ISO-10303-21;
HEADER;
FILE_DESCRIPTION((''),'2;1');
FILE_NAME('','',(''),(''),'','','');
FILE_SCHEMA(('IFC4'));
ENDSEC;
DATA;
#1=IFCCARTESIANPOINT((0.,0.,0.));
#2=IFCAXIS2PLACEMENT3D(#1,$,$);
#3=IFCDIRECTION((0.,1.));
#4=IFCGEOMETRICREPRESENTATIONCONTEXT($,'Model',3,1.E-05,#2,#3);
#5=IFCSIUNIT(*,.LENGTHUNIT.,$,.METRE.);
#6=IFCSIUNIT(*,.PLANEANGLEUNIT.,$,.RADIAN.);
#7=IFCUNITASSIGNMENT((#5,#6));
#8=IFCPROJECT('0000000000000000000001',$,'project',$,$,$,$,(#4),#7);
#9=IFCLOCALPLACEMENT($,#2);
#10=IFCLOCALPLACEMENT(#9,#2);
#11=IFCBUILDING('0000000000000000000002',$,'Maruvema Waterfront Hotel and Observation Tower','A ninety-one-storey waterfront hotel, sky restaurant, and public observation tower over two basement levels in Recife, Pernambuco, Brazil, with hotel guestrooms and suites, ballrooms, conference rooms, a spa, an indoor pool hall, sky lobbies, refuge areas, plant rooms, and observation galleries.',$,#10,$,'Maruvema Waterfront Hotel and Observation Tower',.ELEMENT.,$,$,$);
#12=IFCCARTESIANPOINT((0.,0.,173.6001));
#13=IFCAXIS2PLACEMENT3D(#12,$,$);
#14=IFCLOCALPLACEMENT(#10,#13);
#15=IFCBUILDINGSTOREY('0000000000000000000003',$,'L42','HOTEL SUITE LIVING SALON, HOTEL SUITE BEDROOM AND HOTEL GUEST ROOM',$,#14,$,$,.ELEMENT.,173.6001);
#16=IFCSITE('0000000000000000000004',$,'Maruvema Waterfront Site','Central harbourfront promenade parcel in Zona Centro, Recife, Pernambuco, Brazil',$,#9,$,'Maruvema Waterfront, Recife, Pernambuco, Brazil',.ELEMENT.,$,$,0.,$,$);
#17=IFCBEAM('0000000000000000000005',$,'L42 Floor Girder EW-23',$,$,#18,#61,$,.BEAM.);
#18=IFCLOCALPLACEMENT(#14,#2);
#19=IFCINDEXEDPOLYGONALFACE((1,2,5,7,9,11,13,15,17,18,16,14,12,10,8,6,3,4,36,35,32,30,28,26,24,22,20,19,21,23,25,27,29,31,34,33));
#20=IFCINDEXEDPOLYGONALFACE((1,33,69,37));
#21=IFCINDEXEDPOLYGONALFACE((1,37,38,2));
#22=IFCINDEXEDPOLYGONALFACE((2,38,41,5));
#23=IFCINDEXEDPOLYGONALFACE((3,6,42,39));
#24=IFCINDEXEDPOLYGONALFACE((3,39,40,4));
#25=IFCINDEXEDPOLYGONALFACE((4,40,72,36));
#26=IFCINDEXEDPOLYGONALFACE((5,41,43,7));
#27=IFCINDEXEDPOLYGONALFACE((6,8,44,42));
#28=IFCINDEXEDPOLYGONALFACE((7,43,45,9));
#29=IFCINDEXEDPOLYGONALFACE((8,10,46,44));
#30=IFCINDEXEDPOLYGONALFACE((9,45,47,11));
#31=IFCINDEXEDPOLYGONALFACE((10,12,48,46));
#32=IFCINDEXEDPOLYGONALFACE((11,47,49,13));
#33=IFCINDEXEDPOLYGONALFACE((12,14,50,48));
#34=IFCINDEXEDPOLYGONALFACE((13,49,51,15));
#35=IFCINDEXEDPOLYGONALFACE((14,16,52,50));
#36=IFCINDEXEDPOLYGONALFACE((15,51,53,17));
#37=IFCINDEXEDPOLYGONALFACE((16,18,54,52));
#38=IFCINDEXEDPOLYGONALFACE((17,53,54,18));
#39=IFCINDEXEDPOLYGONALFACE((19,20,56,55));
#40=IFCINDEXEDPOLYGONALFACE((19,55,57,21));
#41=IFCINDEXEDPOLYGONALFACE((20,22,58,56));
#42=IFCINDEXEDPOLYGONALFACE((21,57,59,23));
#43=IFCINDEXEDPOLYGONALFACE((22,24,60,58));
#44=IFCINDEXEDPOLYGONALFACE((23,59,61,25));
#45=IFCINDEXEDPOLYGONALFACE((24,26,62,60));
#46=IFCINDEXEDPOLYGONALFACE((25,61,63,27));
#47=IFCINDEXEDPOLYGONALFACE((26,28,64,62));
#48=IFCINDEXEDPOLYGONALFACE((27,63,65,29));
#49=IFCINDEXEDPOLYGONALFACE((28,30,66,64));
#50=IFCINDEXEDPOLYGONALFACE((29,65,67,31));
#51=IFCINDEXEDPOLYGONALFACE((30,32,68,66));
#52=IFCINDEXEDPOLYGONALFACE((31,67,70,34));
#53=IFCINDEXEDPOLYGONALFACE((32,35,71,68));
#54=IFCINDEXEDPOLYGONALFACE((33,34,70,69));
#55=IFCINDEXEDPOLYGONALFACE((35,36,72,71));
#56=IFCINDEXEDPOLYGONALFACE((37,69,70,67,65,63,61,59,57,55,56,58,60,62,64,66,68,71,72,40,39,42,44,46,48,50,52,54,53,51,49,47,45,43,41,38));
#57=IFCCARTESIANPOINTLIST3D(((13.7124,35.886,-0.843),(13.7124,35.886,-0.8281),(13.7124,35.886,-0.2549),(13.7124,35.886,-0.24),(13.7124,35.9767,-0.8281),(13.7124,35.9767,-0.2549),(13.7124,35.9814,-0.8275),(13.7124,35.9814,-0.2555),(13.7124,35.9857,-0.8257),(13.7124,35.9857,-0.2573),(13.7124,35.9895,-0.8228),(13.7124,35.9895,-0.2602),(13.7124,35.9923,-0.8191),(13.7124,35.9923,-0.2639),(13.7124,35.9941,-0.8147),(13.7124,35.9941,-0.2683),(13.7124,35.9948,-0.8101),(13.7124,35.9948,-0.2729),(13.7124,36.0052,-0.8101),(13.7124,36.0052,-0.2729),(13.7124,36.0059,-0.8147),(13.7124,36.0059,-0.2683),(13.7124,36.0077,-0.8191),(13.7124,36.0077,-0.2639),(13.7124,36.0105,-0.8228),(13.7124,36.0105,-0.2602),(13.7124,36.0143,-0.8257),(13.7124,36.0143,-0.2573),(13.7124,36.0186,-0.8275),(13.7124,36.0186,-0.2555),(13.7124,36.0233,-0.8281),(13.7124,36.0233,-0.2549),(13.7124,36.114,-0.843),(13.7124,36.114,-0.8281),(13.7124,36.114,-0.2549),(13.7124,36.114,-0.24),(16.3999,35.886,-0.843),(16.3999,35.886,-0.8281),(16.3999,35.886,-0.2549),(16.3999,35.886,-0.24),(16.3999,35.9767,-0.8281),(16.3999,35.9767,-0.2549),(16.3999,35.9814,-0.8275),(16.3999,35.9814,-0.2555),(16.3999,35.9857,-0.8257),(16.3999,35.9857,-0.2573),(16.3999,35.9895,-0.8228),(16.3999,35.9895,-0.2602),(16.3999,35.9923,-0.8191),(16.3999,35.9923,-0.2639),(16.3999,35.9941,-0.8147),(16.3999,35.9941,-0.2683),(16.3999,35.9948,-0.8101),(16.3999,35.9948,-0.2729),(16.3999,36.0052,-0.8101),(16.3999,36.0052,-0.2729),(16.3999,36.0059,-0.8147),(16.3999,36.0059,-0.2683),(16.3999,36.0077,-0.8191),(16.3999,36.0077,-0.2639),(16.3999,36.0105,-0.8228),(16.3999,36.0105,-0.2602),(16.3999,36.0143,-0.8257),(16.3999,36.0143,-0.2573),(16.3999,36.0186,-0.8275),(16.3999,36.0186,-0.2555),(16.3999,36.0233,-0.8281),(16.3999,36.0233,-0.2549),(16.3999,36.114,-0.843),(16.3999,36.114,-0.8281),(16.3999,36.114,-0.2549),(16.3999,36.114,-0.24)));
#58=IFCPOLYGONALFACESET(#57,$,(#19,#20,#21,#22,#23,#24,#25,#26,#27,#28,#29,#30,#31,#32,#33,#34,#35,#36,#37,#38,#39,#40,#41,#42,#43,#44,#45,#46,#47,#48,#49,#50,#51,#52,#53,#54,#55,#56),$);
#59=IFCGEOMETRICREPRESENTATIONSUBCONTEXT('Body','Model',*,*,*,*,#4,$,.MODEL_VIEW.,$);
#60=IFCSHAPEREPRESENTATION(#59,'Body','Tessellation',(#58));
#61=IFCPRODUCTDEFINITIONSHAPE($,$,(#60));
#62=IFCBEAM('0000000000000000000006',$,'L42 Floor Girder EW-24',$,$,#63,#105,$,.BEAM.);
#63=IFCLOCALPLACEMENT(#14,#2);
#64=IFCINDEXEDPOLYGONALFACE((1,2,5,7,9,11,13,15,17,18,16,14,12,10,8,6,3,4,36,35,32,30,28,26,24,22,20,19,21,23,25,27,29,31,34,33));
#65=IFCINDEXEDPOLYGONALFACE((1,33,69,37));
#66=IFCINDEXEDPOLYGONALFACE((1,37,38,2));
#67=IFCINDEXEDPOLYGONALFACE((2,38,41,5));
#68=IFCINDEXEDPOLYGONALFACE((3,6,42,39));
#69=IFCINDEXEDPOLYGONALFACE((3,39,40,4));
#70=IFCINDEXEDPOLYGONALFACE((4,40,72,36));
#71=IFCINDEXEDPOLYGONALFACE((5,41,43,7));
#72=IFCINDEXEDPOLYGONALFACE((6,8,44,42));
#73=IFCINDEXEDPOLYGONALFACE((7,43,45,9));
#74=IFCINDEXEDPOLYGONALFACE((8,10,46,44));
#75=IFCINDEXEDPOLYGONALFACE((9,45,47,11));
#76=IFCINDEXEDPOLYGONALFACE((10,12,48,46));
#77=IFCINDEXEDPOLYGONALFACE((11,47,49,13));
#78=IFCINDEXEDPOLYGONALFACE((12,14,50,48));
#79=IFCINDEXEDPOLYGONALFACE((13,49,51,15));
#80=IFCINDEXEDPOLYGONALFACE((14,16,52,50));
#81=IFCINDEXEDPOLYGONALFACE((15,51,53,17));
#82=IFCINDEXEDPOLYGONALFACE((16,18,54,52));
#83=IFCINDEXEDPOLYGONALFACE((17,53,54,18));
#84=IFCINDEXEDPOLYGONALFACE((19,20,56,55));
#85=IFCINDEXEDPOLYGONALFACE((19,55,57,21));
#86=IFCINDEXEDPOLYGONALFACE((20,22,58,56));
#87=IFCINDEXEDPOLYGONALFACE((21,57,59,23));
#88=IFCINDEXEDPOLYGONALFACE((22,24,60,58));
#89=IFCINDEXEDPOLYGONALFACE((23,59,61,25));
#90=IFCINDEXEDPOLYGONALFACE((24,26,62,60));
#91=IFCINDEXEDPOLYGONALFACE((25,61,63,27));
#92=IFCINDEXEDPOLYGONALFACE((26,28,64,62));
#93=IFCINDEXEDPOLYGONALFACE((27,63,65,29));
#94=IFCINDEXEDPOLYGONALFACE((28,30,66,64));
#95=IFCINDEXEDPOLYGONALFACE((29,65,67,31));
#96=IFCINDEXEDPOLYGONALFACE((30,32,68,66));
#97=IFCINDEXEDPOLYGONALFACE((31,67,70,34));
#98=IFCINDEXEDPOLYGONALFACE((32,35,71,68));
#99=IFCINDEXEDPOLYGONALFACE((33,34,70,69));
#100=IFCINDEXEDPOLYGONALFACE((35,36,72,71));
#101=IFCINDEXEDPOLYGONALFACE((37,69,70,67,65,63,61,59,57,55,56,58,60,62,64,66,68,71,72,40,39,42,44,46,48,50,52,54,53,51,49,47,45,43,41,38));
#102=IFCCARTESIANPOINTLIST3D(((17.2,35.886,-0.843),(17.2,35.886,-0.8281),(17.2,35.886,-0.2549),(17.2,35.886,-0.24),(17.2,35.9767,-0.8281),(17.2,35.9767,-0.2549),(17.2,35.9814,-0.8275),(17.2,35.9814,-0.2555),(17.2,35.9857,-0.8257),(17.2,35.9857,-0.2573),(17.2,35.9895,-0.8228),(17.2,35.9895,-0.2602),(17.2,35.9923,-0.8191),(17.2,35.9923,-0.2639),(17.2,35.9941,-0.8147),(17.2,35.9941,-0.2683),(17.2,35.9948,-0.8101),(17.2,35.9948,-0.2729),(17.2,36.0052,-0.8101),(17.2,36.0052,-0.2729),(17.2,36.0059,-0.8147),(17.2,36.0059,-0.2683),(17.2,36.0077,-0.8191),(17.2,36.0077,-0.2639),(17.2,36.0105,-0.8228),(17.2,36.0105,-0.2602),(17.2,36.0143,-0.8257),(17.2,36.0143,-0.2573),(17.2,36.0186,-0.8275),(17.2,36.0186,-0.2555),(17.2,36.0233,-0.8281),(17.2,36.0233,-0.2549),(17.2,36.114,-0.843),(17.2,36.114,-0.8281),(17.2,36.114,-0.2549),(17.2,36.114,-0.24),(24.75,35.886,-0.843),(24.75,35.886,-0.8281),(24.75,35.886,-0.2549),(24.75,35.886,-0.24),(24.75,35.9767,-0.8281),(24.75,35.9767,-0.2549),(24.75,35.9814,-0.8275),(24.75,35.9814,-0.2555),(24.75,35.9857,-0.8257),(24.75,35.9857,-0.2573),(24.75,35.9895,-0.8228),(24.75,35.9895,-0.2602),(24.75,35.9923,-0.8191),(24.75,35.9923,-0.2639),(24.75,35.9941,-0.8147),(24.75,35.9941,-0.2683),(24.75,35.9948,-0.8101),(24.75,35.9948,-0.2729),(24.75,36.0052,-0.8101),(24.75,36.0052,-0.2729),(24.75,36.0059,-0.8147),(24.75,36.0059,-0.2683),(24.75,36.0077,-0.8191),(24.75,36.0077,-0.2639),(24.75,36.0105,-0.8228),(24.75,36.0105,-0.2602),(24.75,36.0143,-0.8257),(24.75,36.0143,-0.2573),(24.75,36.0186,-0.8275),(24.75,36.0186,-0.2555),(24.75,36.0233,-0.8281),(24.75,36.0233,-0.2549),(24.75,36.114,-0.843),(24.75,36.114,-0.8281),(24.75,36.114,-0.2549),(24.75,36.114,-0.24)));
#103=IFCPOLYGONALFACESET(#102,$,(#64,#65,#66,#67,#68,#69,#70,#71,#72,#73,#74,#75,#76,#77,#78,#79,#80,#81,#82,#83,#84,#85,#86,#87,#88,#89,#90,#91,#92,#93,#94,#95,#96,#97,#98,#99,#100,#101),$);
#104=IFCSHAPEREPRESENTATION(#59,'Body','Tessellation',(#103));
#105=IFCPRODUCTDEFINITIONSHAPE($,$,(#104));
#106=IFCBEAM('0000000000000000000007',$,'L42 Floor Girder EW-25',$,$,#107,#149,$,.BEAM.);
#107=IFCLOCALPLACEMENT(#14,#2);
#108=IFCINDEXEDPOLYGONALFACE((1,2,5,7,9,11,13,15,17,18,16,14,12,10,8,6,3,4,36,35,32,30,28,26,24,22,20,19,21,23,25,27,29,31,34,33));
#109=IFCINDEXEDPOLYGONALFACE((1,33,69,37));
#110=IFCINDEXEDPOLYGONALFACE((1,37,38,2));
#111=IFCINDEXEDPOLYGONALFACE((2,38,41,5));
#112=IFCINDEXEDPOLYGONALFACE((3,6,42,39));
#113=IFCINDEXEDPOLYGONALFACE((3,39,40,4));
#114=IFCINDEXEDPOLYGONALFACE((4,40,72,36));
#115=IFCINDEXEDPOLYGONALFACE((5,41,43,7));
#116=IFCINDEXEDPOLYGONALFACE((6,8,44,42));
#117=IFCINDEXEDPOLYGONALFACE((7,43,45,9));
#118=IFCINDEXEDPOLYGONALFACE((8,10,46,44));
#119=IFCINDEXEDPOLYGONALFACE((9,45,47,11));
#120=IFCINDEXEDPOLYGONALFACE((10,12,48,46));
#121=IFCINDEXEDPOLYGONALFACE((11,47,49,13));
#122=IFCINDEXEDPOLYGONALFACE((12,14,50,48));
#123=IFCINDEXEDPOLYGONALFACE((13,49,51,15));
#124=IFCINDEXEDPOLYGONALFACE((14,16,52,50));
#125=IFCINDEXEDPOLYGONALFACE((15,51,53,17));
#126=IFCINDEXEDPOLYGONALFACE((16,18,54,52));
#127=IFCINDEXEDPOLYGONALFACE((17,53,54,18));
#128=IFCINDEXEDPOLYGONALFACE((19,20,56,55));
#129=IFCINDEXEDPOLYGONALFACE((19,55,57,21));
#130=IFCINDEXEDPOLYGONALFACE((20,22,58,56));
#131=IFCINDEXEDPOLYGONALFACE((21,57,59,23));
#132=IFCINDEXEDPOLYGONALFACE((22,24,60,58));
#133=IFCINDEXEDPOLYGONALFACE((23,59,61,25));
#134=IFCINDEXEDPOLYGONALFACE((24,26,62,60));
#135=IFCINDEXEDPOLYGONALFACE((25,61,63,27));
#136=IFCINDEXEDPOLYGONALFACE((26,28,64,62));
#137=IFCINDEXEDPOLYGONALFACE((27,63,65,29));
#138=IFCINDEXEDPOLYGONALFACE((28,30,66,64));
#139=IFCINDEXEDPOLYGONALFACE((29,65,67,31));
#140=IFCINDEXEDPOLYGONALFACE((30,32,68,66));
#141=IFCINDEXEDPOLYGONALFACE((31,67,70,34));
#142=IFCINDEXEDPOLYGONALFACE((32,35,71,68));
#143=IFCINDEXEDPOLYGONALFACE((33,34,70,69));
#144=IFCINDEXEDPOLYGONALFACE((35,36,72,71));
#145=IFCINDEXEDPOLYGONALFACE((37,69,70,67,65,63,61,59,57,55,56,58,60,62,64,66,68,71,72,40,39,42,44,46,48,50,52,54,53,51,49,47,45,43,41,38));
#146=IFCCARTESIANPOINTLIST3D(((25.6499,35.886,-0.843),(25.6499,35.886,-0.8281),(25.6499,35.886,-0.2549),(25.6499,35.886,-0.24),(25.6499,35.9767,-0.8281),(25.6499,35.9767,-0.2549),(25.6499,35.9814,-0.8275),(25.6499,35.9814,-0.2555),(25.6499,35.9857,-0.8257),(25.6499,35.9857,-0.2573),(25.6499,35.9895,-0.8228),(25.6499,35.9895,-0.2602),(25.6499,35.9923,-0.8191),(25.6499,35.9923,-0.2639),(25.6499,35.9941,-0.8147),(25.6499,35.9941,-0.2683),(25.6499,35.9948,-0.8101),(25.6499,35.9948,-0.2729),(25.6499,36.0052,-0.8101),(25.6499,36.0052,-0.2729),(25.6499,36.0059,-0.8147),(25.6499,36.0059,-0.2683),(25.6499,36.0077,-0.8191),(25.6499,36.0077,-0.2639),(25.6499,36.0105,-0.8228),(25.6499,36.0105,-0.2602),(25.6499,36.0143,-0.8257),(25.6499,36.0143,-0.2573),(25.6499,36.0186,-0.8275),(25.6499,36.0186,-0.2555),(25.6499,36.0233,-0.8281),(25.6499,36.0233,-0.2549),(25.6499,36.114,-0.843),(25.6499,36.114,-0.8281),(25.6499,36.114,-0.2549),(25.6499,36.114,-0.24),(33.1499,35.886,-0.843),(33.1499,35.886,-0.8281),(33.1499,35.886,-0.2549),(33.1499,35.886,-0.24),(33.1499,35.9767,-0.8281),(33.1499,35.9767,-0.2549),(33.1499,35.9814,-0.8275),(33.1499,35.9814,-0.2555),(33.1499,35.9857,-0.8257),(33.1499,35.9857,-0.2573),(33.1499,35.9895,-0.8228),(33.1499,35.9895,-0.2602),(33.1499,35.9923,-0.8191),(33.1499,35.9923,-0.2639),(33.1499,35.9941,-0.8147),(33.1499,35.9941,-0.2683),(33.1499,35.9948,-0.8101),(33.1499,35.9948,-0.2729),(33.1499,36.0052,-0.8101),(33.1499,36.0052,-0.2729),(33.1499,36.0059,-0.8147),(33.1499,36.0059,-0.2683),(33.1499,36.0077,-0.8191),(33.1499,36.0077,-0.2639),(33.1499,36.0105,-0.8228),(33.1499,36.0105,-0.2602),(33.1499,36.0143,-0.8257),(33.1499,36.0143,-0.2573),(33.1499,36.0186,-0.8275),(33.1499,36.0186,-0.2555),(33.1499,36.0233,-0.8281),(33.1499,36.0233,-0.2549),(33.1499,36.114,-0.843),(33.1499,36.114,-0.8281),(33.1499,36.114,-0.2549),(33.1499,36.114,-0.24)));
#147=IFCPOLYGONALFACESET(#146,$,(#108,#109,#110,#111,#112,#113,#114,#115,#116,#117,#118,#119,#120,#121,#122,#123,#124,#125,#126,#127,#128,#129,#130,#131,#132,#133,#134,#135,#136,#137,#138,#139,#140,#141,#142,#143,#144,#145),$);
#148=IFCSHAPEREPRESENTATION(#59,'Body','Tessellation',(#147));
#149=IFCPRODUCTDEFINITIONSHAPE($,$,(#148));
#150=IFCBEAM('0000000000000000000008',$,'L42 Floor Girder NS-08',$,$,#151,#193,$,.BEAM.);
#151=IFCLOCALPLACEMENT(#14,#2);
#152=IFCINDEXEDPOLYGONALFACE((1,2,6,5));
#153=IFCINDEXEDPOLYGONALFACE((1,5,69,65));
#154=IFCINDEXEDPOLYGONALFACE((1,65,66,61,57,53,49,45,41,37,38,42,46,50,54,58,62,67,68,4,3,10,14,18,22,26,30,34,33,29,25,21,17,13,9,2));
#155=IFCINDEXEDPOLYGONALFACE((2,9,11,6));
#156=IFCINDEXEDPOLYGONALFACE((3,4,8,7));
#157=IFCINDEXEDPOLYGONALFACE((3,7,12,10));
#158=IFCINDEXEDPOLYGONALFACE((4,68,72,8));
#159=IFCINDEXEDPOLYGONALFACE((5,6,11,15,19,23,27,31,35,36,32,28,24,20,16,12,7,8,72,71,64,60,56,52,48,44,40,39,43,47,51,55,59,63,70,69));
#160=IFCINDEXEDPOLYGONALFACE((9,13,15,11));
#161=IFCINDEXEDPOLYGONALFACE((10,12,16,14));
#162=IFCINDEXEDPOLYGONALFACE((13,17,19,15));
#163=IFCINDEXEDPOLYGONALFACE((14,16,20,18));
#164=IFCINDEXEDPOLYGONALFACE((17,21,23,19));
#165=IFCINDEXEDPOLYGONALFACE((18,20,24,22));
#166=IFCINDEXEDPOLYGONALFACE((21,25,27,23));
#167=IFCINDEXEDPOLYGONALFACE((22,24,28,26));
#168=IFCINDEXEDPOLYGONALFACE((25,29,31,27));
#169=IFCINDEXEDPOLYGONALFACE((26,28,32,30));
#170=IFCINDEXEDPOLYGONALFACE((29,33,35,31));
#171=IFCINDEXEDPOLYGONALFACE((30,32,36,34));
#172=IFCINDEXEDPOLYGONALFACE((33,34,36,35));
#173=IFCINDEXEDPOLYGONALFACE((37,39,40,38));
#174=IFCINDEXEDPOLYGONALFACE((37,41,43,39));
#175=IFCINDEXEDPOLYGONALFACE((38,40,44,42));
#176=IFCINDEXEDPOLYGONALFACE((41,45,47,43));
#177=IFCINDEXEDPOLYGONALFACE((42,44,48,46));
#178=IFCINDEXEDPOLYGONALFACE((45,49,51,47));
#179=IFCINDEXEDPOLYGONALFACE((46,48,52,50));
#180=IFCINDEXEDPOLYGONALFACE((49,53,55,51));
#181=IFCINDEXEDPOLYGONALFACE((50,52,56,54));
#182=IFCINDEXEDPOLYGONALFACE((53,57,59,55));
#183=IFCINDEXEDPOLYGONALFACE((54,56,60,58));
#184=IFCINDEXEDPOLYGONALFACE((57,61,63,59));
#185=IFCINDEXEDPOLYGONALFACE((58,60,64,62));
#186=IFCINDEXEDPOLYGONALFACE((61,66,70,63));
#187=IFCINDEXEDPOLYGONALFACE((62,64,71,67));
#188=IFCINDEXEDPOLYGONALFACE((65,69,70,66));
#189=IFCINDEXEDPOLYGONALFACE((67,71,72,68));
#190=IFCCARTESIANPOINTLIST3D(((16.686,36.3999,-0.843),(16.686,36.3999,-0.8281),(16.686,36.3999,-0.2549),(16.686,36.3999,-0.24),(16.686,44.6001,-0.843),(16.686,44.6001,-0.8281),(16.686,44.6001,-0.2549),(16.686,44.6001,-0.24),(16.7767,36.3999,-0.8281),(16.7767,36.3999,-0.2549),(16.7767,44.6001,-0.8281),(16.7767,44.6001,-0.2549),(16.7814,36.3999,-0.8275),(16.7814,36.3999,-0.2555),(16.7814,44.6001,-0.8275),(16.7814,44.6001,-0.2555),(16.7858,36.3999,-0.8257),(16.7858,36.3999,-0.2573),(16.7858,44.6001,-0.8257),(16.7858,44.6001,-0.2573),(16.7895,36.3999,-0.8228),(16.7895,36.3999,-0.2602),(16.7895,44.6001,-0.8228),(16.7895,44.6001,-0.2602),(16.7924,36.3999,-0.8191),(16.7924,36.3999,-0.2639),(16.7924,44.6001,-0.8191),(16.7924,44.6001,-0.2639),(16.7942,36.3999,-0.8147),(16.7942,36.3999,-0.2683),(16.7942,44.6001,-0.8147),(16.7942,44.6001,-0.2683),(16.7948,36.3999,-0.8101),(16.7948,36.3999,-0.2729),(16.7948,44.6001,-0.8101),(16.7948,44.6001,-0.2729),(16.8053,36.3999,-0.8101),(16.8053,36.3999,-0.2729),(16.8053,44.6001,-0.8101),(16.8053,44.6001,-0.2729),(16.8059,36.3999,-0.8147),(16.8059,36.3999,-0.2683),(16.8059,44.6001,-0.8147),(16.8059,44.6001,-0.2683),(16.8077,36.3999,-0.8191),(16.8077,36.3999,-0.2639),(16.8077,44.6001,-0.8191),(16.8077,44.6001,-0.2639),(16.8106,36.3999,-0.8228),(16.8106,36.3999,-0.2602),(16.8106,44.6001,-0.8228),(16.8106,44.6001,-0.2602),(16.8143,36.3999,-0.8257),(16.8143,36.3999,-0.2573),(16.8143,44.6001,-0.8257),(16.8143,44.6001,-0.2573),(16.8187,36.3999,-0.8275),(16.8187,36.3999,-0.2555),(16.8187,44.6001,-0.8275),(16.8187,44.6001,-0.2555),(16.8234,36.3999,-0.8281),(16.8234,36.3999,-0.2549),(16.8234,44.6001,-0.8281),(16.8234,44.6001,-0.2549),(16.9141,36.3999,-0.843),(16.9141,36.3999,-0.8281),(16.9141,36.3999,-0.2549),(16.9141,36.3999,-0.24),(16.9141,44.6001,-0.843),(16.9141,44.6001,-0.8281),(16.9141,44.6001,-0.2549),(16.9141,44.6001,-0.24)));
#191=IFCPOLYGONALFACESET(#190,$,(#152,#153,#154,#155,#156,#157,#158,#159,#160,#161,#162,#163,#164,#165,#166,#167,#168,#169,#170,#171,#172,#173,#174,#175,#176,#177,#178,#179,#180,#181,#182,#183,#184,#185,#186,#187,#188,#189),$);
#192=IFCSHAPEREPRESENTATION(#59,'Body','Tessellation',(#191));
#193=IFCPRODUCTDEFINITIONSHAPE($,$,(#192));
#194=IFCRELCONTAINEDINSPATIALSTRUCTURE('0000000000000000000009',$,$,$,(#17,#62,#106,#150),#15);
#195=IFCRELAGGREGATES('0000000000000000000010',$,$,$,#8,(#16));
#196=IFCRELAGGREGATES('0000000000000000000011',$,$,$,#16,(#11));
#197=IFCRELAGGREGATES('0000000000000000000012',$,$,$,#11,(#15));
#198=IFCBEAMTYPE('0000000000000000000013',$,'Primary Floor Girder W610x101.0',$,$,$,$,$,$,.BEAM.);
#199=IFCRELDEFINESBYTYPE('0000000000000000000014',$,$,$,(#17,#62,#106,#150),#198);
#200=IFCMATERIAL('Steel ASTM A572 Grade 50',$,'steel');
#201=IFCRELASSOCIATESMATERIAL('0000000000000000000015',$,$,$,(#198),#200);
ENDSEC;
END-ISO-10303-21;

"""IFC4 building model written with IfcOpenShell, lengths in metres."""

from ifc_helpers import new_model, si_unit, direction, frame, origin, origin_2d, place, context, subcontext, project, spatial, i_section, extrude, material, material_profile, profile_set, type_object, element, save


model = new_model("IFC4")

# Units and contexts
model_context = context("Model", 3, precision=1e-05, world=origin(), true_north=direction((0.0, 1.0)))
body_context = subcontext(model_context, "Body", "Model", "MODEL_VIEW")
ifc_project = project(units=[si_unit("LENGTHUNIT", "METRE"), si_unit("PLANEANGLEUNIT", "RADIAN")], contexts=[model_context])

# Site, building, storey
site_placement = place(None, origin())
site = spatial("IfcSite", under=ifc_project, at=site_placement, Name="Maruvema Waterfront Site", Description="Central harbourfront promenade parcel in Zona Centro, Recife, Pernambuco, Brazil", LongName="Maruvema Waterfront, Recife, Pernambuco, Brazil", CompositionType="ELEMENT", RefElevation=0.0)
building_placement = place(site_placement, origin())
building = spatial("IfcBuilding", under=site, at=building_placement, Name="Maruvema Waterfront Hotel and Observation Tower", Description="A ninety-one-storey waterfront hotel, sky restaurant, and public observation tower over two basement levels in Recife, Pernambuco, Brazil, with hotel guestrooms and suites, ballrooms, conference rooms, a spa, an indoor pool hall, sky lobbies, refuge areas, plant rooms, and observation galleries.", LongName="Maruvema Waterfront Hotel and Observation Tower", CompositionType="ELEMENT")
storey_placement = place(building_placement, frame((0.0, 0.0, 173.6001)))
storey = spatial("IfcBuildingStorey", under=building, at=storey_placement, Name="L42", Description="HOTEL SUITE LIVING SALON, HOTEL SUITE BEDROOM AND HOTEL GUEST ROOM", CompositionType="ELEMENT", Elevation=173.6001)

# Beams
ifc_material_1 = material(Name="Steel ASTM A572 Grade 50", Category="steel")
ifc_material_profile_1 = material_profile(ifc_material_1, i_section(OverallWidth=0.228, OverallDepth=0.603, WebThickness=0.0105, FlangeThickness=0.0149, FilletRadius=0.0181, at=origin_2d()), Name="W610x101.0")
ifc_profile_set_1 = profile_set([ifc_material_profile_1], Name="Steel ASTM A572 Grade 50")
beam_type_1 = type_object("IfcBeamType", Name="Primary Floor Girder W610x101.0", PredefinedType="BEAM", material=ifc_profile_set_1)
beam_1_placement = place(storey_placement, frame((13.7124, 36.0, -0.5415), z_axis=(1.0, 0.0, 0.0), x_axis=(0.0, 1.0, 0.0)))
element("IfcBeam", 1, at=beam_1_placement, inside=storey, type_object=beam_type_1, Name="L42 Floor Girder EW-23", PredefinedType="BEAM", context=body_context, shape_type="SweptSolid", body=[
    extrude(i_section(OverallWidth=0.228, OverallDepth=0.603, WebThickness=0.0105, FlangeThickness=0.0149, FilletRadius=0.0181, at=origin_2d()), origin(), (0.0, 0.0, 1.0), 2.6875),
])
beam_2_placement = place(storey_placement, frame((17.2, 36.0, -0.5415), z_axis=(1.0, 0.0, 0.0), x_axis=(0.0, 1.0, 0.0)))
element("IfcBeam", 2, at=beam_2_placement, inside=storey, type_object=beam_type_1, Name="L42 Floor Girder EW-24", PredefinedType="BEAM", context=body_context, shape_type="SweptSolid", body=[
    extrude(i_section(OverallWidth=0.228, OverallDepth=0.603, WebThickness=0.0105, FlangeThickness=0.0149, FilletRadius=0.0181, at=origin_2d()), origin(), (0.0, 0.0, 1.0), 7.55),
])
beam_3_placement = place(storey_placement, frame((25.6499, 36.0, -0.5415), z_axis=(1.0, 0.0, 0.0), x_axis=(0.0, 1.0, 0.0)))
element("IfcBeam", 3, at=beam_3_placement, inside=storey, type_object=beam_type_1, Name="L42 Floor Girder EW-25", PredefinedType="BEAM", context=body_context, shape_type="SweptSolid", body=[
    extrude(i_section(OverallWidth=0.228, OverallDepth=0.603, WebThickness=0.0105, FlangeThickness=0.0149, FilletRadius=0.0181, at=origin_2d()), origin(), (0.0, 0.0, 1.0), 7.5),
])
beam_4_placement = place(storey_placement, frame((16.8, 36.3999, -0.5415), z_axis=(0.0, 1.0, 0.0), x_axis=(-1.0, 0.0, 0.0)))
element("IfcBeam", 4, at=beam_4_placement, inside=storey, type_object=beam_type_1, Name="L42 Floor Girder NS-08", PredefinedType="BEAM", context=body_context, shape_type="SweptSolid", body=[
    extrude(i_section(OverallWidth=0.228, OverallDepth=0.603, WebThickness=0.0105, FlangeThickness=0.0149, FilletRadius=0.0181, at=origin_2d()), origin(), (0.0, 0.0, 1.0), 8.2002),
])

save(model, "model.ifc")
